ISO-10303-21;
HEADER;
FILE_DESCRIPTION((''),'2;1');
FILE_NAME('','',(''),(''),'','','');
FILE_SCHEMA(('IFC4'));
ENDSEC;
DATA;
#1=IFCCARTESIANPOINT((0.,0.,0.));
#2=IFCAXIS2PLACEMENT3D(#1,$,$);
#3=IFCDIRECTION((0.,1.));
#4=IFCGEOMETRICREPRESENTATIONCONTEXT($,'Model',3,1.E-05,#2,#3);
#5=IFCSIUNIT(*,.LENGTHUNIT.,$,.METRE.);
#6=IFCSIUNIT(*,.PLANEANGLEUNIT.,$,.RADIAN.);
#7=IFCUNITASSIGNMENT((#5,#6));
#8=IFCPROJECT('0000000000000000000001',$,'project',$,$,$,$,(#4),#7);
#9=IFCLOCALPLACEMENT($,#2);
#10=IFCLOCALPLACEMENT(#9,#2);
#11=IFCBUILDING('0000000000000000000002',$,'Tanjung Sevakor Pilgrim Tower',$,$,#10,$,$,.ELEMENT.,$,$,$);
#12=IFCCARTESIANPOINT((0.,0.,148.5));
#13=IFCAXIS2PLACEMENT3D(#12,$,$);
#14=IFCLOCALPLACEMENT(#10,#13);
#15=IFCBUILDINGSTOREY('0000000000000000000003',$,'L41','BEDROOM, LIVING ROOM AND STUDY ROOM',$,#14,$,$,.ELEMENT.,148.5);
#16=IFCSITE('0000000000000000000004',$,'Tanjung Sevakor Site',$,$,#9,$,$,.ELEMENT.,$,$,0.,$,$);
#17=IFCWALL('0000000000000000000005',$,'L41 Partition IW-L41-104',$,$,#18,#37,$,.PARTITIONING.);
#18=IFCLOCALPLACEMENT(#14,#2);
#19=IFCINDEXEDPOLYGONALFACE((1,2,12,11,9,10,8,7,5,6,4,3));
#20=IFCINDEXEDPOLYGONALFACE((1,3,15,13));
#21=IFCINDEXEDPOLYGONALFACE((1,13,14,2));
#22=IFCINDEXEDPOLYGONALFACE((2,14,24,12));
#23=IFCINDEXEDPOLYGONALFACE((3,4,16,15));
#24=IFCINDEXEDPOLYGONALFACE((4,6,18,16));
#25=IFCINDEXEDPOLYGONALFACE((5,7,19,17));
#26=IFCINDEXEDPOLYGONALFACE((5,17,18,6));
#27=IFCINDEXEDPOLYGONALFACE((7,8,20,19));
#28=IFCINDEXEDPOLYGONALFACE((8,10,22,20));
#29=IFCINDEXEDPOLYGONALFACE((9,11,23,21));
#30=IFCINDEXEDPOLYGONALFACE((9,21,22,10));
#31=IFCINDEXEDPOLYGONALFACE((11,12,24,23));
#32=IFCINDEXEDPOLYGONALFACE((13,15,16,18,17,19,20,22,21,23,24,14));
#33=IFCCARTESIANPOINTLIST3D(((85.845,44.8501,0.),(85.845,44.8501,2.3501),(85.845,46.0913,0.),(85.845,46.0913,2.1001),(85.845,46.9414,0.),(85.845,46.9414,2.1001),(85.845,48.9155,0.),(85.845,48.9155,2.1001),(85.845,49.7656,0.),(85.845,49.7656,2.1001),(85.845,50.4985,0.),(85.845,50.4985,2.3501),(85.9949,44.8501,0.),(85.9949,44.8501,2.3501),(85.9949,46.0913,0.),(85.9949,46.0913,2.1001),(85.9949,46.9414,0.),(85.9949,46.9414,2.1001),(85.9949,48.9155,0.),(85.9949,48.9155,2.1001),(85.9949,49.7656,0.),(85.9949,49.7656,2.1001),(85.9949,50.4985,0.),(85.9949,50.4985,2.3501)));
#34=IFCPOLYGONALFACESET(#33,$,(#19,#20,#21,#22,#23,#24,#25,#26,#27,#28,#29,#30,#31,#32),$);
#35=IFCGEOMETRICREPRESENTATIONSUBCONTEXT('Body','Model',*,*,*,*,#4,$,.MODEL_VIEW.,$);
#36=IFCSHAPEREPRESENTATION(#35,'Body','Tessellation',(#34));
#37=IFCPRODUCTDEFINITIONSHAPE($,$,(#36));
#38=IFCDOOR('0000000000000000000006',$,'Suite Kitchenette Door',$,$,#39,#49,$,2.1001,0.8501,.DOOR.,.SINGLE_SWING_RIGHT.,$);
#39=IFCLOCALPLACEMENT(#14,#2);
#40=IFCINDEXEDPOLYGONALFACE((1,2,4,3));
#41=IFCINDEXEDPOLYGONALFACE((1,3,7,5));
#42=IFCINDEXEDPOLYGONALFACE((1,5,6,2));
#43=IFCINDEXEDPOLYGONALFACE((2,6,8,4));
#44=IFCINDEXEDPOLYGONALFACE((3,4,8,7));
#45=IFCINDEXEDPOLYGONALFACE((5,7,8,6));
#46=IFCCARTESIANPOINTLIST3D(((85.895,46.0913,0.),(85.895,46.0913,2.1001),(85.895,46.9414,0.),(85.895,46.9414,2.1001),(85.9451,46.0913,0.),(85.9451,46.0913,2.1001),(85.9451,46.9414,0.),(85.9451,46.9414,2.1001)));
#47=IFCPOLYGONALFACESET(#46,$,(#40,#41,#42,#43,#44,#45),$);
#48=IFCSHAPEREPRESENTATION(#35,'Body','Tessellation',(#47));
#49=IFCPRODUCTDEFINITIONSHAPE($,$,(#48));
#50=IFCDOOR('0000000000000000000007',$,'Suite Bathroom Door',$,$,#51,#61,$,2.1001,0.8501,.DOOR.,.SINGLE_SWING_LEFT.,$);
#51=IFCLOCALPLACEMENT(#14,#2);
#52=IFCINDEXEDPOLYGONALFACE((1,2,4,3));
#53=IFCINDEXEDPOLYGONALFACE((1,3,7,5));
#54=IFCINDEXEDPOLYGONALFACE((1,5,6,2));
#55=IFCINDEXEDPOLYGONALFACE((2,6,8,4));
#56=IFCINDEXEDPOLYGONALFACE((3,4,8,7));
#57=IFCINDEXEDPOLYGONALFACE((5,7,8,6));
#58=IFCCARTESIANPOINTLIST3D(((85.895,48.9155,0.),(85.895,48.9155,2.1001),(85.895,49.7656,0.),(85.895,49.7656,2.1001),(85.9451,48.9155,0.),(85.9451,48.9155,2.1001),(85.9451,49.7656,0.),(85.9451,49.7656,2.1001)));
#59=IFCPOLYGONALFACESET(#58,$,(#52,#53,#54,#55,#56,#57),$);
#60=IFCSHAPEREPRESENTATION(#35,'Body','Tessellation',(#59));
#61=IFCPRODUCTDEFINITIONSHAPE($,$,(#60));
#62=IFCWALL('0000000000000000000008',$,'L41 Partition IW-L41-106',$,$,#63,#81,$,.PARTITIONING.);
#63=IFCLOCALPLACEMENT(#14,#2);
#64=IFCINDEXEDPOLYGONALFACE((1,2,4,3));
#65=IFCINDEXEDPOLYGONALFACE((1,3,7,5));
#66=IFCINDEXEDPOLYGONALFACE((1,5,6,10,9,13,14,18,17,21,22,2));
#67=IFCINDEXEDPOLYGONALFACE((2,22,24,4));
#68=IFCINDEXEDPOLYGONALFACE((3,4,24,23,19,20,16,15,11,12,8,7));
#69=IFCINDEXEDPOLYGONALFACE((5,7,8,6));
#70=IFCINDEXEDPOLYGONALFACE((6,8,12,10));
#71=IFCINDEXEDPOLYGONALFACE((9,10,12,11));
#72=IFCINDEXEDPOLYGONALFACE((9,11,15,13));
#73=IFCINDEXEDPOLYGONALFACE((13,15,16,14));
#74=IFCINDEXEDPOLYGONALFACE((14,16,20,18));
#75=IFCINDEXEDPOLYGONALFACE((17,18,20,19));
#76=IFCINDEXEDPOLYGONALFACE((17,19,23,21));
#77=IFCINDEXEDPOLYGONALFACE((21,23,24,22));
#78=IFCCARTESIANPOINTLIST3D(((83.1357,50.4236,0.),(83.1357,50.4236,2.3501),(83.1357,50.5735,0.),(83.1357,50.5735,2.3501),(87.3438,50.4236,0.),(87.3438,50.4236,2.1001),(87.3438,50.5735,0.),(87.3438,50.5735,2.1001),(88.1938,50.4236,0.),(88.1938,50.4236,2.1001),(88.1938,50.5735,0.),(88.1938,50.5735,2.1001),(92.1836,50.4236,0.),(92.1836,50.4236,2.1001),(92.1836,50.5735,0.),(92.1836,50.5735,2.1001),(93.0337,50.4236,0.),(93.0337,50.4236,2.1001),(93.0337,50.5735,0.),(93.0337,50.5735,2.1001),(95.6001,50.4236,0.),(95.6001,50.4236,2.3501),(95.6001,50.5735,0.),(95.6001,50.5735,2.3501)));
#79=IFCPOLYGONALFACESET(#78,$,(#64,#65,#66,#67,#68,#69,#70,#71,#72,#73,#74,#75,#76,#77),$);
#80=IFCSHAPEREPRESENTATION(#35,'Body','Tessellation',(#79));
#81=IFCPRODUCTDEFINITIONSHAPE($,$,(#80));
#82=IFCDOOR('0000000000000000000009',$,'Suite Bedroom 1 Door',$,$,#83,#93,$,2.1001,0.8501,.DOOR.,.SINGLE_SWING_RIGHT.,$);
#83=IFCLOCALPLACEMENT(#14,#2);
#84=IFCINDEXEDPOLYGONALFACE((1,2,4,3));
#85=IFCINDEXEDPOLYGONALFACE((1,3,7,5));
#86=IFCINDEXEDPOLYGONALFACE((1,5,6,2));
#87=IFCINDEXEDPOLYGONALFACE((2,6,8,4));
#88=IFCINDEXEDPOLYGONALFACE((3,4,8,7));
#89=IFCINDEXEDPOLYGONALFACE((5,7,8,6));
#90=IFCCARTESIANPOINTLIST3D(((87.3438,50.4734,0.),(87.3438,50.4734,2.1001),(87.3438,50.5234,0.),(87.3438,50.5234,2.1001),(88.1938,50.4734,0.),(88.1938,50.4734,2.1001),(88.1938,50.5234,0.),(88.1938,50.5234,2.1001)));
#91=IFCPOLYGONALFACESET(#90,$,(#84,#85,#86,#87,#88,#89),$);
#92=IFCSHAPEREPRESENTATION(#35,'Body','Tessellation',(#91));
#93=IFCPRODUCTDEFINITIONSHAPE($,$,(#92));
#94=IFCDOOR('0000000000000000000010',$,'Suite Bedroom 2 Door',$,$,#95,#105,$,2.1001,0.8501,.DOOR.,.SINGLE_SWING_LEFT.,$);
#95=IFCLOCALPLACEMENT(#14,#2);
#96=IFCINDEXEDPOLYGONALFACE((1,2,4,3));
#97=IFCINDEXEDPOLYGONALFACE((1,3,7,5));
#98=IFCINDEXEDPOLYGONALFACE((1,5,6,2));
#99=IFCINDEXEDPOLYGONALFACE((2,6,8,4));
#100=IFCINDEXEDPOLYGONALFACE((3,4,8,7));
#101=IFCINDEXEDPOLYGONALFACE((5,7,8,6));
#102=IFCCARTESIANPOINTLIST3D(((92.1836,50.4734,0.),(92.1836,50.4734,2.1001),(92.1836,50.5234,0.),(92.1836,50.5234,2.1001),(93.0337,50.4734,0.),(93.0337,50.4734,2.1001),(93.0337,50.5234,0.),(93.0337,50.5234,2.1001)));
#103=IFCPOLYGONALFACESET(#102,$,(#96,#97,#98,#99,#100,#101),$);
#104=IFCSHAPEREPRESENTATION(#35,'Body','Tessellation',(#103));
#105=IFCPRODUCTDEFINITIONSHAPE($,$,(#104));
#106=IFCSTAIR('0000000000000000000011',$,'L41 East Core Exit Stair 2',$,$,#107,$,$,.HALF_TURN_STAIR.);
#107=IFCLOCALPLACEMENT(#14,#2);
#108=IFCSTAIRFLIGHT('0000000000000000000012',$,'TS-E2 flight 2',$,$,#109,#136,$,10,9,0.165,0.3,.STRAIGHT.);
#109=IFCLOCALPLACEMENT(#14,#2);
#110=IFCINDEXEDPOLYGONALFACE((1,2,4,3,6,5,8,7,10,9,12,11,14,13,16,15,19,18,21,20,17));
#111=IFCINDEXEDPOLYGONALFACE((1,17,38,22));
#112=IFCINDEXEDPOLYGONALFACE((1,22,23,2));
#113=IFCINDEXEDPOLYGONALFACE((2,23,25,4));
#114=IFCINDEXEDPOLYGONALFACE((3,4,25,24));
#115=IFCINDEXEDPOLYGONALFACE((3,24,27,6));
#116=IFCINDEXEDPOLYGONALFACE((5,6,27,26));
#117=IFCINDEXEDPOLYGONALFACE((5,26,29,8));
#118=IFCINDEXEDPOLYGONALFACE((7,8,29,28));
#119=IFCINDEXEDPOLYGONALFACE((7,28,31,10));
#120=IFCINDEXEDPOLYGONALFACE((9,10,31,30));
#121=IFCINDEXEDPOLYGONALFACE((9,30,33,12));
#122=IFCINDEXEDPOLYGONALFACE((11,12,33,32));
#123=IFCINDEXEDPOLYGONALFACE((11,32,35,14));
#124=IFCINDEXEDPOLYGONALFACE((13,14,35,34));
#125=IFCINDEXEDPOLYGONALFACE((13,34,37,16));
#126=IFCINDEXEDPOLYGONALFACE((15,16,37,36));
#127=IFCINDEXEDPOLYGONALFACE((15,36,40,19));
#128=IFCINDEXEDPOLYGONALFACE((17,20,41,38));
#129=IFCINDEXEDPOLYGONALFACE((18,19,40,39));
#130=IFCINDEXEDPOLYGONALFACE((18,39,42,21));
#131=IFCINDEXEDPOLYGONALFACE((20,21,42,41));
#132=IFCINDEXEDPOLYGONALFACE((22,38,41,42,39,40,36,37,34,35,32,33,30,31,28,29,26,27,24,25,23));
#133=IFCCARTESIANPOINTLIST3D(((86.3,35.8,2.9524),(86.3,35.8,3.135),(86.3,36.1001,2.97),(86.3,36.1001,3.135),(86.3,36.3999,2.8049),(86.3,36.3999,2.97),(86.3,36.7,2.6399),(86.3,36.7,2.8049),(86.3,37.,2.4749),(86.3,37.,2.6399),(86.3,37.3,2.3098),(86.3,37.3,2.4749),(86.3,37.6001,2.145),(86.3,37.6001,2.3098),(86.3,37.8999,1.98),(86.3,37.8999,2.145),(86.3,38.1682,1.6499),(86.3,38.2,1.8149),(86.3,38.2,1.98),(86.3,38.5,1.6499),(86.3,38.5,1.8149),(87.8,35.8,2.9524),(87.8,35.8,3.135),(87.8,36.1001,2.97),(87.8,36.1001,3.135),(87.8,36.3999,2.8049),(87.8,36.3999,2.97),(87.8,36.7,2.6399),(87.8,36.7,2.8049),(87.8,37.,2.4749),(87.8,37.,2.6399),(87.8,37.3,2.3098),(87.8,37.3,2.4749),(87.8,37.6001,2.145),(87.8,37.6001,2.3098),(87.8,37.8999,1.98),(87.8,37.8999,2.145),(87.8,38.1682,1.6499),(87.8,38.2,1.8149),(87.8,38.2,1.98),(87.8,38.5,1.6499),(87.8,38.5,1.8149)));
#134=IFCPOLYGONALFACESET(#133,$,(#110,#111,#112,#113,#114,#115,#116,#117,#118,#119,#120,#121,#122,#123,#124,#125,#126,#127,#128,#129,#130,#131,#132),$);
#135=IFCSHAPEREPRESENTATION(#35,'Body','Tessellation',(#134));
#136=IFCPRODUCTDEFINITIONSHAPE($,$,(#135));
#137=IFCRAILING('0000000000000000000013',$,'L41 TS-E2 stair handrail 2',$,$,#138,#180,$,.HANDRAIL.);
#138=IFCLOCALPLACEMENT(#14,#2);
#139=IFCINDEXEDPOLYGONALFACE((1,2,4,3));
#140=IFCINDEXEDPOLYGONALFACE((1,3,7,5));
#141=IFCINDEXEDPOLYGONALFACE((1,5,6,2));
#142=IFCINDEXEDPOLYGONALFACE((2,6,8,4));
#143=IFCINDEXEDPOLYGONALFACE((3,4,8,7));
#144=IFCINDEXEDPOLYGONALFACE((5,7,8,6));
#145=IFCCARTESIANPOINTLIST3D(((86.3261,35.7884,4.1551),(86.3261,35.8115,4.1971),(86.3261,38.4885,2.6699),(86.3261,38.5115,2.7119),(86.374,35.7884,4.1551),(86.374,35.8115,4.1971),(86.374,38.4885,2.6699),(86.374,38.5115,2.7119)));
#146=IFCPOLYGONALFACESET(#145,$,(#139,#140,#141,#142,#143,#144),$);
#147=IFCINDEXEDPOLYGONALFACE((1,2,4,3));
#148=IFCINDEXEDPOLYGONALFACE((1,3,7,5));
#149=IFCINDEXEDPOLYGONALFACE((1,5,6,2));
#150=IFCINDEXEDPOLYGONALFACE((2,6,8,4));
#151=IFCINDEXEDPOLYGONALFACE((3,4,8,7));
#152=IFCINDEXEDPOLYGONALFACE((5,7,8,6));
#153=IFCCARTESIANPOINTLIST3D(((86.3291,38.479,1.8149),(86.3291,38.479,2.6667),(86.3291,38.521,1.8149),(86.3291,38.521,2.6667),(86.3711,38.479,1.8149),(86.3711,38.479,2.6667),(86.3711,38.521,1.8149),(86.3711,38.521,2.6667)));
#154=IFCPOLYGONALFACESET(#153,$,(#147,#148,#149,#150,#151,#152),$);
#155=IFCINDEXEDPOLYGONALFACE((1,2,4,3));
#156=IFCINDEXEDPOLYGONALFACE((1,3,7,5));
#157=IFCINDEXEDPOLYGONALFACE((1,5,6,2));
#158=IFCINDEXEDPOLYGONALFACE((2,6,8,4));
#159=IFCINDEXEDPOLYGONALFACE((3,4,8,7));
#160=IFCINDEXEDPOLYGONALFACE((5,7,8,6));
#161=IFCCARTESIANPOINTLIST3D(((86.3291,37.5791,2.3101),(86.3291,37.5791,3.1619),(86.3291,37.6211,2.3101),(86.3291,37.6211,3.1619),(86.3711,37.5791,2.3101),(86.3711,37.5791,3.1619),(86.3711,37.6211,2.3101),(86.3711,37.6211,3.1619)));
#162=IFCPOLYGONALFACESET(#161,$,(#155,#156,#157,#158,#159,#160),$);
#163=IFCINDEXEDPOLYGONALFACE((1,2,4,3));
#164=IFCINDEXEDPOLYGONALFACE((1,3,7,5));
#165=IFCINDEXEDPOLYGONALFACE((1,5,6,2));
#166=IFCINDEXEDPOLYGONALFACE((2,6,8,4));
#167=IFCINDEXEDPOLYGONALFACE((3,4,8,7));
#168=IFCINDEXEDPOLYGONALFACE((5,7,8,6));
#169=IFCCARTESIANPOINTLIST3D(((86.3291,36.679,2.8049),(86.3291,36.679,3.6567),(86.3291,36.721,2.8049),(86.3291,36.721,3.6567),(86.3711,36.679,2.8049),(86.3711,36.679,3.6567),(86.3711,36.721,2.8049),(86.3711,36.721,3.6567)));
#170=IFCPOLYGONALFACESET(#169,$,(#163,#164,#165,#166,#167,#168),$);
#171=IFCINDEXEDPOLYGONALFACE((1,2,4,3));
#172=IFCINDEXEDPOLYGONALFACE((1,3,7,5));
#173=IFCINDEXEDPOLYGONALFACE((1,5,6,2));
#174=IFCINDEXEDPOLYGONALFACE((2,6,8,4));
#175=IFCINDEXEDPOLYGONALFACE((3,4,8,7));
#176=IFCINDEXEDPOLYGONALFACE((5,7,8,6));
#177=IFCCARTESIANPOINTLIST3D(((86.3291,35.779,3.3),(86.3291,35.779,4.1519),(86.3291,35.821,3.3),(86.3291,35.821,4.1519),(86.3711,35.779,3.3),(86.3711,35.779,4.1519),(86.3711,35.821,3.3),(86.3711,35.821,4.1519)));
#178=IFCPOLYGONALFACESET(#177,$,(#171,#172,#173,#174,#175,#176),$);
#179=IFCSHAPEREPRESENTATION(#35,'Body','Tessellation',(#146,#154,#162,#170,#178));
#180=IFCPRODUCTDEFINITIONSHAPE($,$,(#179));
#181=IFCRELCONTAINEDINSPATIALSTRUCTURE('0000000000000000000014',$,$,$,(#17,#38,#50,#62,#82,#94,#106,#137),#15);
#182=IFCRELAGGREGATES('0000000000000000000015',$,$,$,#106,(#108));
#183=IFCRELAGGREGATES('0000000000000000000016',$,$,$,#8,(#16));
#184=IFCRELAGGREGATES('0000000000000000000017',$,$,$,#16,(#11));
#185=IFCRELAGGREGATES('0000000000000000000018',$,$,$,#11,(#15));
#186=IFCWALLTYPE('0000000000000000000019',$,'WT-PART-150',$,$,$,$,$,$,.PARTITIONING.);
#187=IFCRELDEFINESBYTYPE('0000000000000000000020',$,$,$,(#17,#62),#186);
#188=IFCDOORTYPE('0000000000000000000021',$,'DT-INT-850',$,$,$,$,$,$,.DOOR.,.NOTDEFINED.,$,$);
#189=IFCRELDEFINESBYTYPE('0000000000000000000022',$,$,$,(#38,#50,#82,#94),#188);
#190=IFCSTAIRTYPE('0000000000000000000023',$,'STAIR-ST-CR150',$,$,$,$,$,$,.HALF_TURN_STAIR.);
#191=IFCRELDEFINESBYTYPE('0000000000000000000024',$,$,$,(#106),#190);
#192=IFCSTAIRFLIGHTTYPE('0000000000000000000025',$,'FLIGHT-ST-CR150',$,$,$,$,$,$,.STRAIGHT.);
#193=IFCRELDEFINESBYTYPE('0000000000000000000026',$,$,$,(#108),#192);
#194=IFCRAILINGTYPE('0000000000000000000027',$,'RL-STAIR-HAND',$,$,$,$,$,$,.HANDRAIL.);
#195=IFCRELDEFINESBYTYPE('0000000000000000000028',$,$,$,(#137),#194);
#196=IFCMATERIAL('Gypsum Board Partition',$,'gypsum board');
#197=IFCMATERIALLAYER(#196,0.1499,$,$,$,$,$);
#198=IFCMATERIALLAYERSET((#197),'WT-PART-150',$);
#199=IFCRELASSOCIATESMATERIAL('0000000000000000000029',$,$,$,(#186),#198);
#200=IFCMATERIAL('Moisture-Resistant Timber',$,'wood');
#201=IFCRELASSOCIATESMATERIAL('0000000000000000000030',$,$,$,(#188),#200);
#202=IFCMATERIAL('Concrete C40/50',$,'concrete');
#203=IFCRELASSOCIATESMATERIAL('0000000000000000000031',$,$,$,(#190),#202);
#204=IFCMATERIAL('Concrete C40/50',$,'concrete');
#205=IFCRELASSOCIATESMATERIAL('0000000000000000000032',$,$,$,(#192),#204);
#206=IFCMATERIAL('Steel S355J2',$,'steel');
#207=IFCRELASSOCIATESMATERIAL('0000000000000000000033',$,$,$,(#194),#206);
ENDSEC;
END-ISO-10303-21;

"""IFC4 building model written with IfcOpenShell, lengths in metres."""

from ifc_helpers import new_model, si_unit, direction, frame, frame_2d, origin, place, context, subcontext, project, spatial, polyline, rectangle, outline, extrude, material, layer, layer_set, type_object, element, fill, aggregate, save


model = new_model("IFC4")

# Units and contexts
model_context = context("Model", 3, precision=1e-05, world=origin(), true_north=direction((0.0, 1.0)))
body_context = subcontext(model_context, "Body", "Model", "MODEL_VIEW")
ifc_project = project(units=[si_unit("LENGTHUNIT", "METRE"), si_unit("PLANEANGLEUNIT", "RADIAN")], contexts=[model_context])

# Site, building, storey
site_placement = place(None, origin())
site = spatial("IfcSite", under=ifc_project, at=site_placement, Name="Tanjung Sevakor Site", CompositionType="ELEMENT", RefElevation=0.0)
building_placement = place(site_placement, origin())
building = spatial("IfcBuilding", under=site, at=building_placement, Name="Tanjung Sevakor Pilgrim Tower", CompositionType="ELEMENT")
storey_placement = place(building_placement, frame((0.0, 0.0, 148.5)))
storey = spatial("IfcBuildingStorey", under=building, at=storey_placement, Name="L41", Description="BEDROOM, LIVING ROOM AND STUDY ROOM", CompositionType="ELEMENT", Elevation=148.5)

# Shared definitions
ifc_material_1 = material(Name="Gypsum Board Partition", Category="gypsum board")
ifc_layer_1 = layer(ifc_material_1, 0.1499)
ifc_layer_set_1 = layer_set([ifc_layer_1], Name="WT-PART-150")
wall_type_1 = type_object("IfcWallType", Name="WT-PART-150", PredefinedType="PARTITIONING", material=ifc_layer_set_1)

# Walls, openings, doors
wall_1_placement = place(storey_placement, frame((85.9199, 44.8501, 0.0), z_axis=(0.0, 0.0, 1.0), x_axis=(0.0, 1.0, 0.0)))
wall_1 = element("IfcWall", 1, at=wall_1_placement, inside=storey, type_object=wall_type_1, Name="L41 Partition IW-L41-104", PredefinedType="PARTITIONING", context=body_context, shape_type="SweptSolid", body=[
    extrude(rectangle(XDim=5.6484, YDim=0.1499, at=frame_2d((2.8242, 0.0))), origin(), (0.0, 0.0, 1.0), 2.3501),
])
opening_1_placement = place(wall_1_placement, frame((1.2412, 0.0, 0.0)))
opening_1 = element("IfcOpeningElement", 2, at=opening_1_placement, cuts=wall_1, PredefinedType="OPENING", context=body_context, shape_type="SweptSolid", body=[
    extrude(rectangle(XDim=0.8501, YDim=2.1001, at=frame_2d((0.425, 1.05))), frame((0.0, 0.085, 0.0), z_axis=(0.0, -1.0, 0.0), x_axis=(1.0, 0.0, 0.0)), (0.0, 0.0, 1.0), 0.1699),
])
opening_2_placement = place(wall_1_placement, frame((4.0654, 0.0, 0.0)))
opening_2 = element("IfcOpeningElement", 3, at=opening_2_placement, cuts=wall_1, PredefinedType="OPENING", context=body_context, shape_type="SweptSolid", body=[
    extrude(rectangle(XDim=0.8501, YDim=2.1001, at=frame_2d((0.425, 1.05))), frame((0.0, 0.085, 0.0), z_axis=(0.0, -1.0, 0.0), x_axis=(1.0, 0.0, 0.0)), (0.0, 0.0, 1.0), 0.1699),
])
ifc_material_2 = material(Name="Moisture-Resistant Timber", Category="wood")
door_type_1 = type_object("IfcDoorType", Name="DT-INT-850", OperationType="NOTDEFINED", PredefinedType="DOOR", material=ifc_material_2)
door_1_placement = place(opening_1_placement, origin())
door_1 = element("IfcDoor", 4, at=door_1_placement, inside=storey, type_object=door_type_1, Name="Suite Kitchenette Door", OperationType="SINGLE_SWING_RIGHT", OverallHeight=2.1001, OverallWidth=0.8501, PredefinedType="DOOR", context=body_context, shape_type="SweptSolid", body=[
    extrude(rectangle(XDim=0.8501, YDim=2.1001, at=frame_2d((0.425, 1.05))), frame((0.0, 0.0249, 0.0), z_axis=(0.0, -1.0, 0.0), x_axis=(1.0, 0.0, 0.0)), (0.0, 0.0, 1.0), 0.05),
])
fill(opening_1, door_1)
door_2_placement = place(opening_2_placement, origin())
door_2 = element("IfcDoor", 5, at=door_2_placement, inside=storey, type_object=door_type_1, Name="Suite Bathroom Door", OperationType="SINGLE_SWING_LEFT", OverallHeight=2.1001, OverallWidth=0.8501, PredefinedType="DOOR", context=body_context, shape_type="SweptSolid", body=[
    extrude(rectangle(XDim=0.8501, YDim=2.1001, at=frame_2d((0.425, 1.05))), frame((0.0, 0.0249, 0.0), z_axis=(0.0, -1.0, 0.0), x_axis=(1.0, 0.0, 0.0)), (0.0, 0.0, 1.0), 0.05),
])
fill(opening_2, door_2)
wall_2_placement = place(storey_placement, frame((83.1357, 50.4985, 0.0), z_axis=(0.0, 0.0, 1.0), x_axis=(1.0, 0.0, 0.0)))
wall_2 = element("IfcWall", 6, at=wall_2_placement, inside=storey, type_object=wall_type_1, Name="L41 Partition IW-L41-106", PredefinedType="PARTITIONING", context=body_context, shape_type="SweptSolid", body=[
    extrude(rectangle(XDim=12.4644, YDim=0.1499, at=frame_2d((6.2322, 0.0))), origin(), (0.0, 0.0, 1.0), 2.3501),
])
opening_3_placement = place(wall_2_placement, frame((4.208, 0.0, 0.0)))
opening_3 = element("IfcOpeningElement", 7, at=opening_3_placement, cuts=wall_2, PredefinedType="OPENING", context=body_context, shape_type="SweptSolid", body=[
    extrude(rectangle(XDim=0.8501, YDim=2.1001, at=frame_2d((0.425, 1.05))), frame((0.0, 0.085, 0.0), z_axis=(0.0, -1.0, 0.0), x_axis=(1.0, 0.0, 0.0)), (0.0, 0.0, 1.0), 0.1699),
])
opening_4_placement = place(wall_2_placement, frame((9.0479, 0.0, 0.0)))
opening_4 = element("IfcOpeningElement", 8, at=opening_4_placement, cuts=wall_2, PredefinedType="OPENING", context=body_context, shape_type="SweptSolid", body=[
    extrude(rectangle(XDim=0.8501, YDim=2.1001, at=frame_2d((0.425, 1.05))), frame((0.0, 0.085, 0.0), z_axis=(0.0, -1.0, 0.0), x_axis=(1.0, 0.0, 0.0)), (0.0, 0.0, 1.0), 0.1699),
])
door_3_placement = place(opening_3_placement, origin())
door_3 = element("IfcDoor", 9, at=door_3_placement, inside=storey, type_object=door_type_1, Name="Suite Bedroom 1 Door", OperationType="SINGLE_SWING_RIGHT", OverallHeight=2.1001, OverallWidth=0.8501, PredefinedType="DOOR", context=body_context, shape_type="SweptSolid", body=[
    extrude(rectangle(XDim=0.8501, YDim=2.1001, at=frame_2d((0.425, 1.05))), frame((0.0, 0.0249, 0.0), z_axis=(0.0, -1.0, 0.0), x_axis=(1.0, 0.0, 0.0)), (0.0, 0.0, 1.0), 0.05),
])
fill(opening_3, door_3)
door_4_placement = place(opening_4_placement, origin())
door_4 = element("IfcDoor", 10, at=door_4_placement, inside=storey, type_object=door_type_1, Name="Suite Bedroom 2 Door", OperationType="SINGLE_SWING_LEFT", OverallHeight=2.1001, OverallWidth=0.8501, PredefinedType="DOOR", context=body_context, shape_type="SweptSolid", body=[
    extrude(rectangle(XDim=0.8501, YDim=2.1001, at=frame_2d((0.425, 1.05))), frame((0.0, 0.0249, 0.0), z_axis=(0.0, -1.0, 0.0), x_axis=(1.0, 0.0, 0.0)), (0.0, 0.0, 1.0), 0.05),
])
fill(opening_4, door_4)

# Stair, stair flight
ifc_material_3 = material(Name="Concrete C40/50", Category="concrete")
stair_type = type_object("IfcStairType", Name="STAIR-ST-CR150", PredefinedType="HALF_TURN_STAIR", material=ifc_material_3)
stair_placement = place(storey_placement, origin())
stair = element("IfcStair", 11, at=stair_placement, inside=storey, type_object=stair_type, Name="L41 East Core Exit Stair 2", PredefinedType="HALF_TURN_STAIR")
ifc_material_4 = material(Name="Concrete C40/50", Category="concrete")
stair_flight_type = type_object("IfcStairFlightType", Name="FLIGHT-ST-CR150", PredefinedType="STRAIGHT", material=ifc_material_4)
stair_flight_placement = place(storey_placement, frame((87.05, 38.5, 1.6499), z_axis=(0.0, 0.0, 1.0), x_axis=(0.0, -1.0, 0.0)))
stair_flight = element("IfcStairFlight", 12, at=stair_flight_placement, type_object=stair_flight_type, Name="TS-E2 flight 2", NumberOfRisers=10, NumberOfTreads=9, PredefinedType="STRAIGHT", RiserHeight=0.165, TreadLength=0.3, context=body_context, shape_type="SweptSolid", body=[
    extrude(outline(polyline([(0.0, 0.0), (0.0, 0.165), (0.3, 0.165), (0.3, 0.3301), (0.6001, 0.3301), (0.6001, 0.4951), (0.8999, 0.4951), (0.8999, 0.6599), (1.2, 0.6599), (1.2, 0.825), (1.5, 0.825), (1.5, 0.99), (1.8, 0.99), (1.8, 1.155), (2.1001, 1.155), (2.1001, 1.3201), (2.3999, 1.3201), (2.3999, 1.4851), (2.7, 1.4851), (2.7, 1.6499), (2.7, 1.3025), (0.3318, 0.0), (0.0, 0.0)])), frame((0.0, 0.75, 0.0), z_axis=(0.0, -1.0, 0.0), x_axis=(1.0, 0.0, 0.0)), (0.0, 0.0, 1.0), 1.5),
])
aggregate(stair, [stair_flight])

# Railing
ifc_material_5 = material(Name="Steel S355J2", Category="steel")
railing_type = type_object("IfcRailingType", Name="RL-STAIR-HAND", PredefinedType="HANDRAIL", material=ifc_material_5)
railing_placement = place(storey_placement, frame((86.3501, 38.5, 1.8149)))
element("IfcRailing", 13, at=railing_placement, inside=storey, type_object=railing_type, Name="L41 TS-E2 stair handrail 2", PredefinedType="HANDRAIL", context=body_context, shape_type="SweptSolid", body=[
    extrude(rectangle(XDim=0.0479, YDim=0.0479), frame((0.0, 0.0, 0.876), z_axis=(0.0, -0.876198, 0.481952), x_axis=(1.0, 0.0, 0.0)), (0.0, 0.0, 1.0), 3.0815),
    extrude(rectangle(XDim=0.042, YDim=0.042), origin(), (0.0, 0.0, 1.0), 0.8518),
    extrude(rectangle(XDim=0.042, YDim=0.042), frame((0.0, -0.8999, 0.4951)), (0.0, 0.0, 1.0), 0.8518),
    extrude(rectangle(XDim=0.042, YDim=0.042), frame((0.0, -1.8, 0.99)), (0.0, 0.0, 1.0), 0.8518),
    extrude(rectangle(XDim=0.042, YDim=0.042), frame((0.0, -2.7, 1.4851)), (0.0, 0.0, 1.0), 0.8518),
])

save(model, "model.ifc")
